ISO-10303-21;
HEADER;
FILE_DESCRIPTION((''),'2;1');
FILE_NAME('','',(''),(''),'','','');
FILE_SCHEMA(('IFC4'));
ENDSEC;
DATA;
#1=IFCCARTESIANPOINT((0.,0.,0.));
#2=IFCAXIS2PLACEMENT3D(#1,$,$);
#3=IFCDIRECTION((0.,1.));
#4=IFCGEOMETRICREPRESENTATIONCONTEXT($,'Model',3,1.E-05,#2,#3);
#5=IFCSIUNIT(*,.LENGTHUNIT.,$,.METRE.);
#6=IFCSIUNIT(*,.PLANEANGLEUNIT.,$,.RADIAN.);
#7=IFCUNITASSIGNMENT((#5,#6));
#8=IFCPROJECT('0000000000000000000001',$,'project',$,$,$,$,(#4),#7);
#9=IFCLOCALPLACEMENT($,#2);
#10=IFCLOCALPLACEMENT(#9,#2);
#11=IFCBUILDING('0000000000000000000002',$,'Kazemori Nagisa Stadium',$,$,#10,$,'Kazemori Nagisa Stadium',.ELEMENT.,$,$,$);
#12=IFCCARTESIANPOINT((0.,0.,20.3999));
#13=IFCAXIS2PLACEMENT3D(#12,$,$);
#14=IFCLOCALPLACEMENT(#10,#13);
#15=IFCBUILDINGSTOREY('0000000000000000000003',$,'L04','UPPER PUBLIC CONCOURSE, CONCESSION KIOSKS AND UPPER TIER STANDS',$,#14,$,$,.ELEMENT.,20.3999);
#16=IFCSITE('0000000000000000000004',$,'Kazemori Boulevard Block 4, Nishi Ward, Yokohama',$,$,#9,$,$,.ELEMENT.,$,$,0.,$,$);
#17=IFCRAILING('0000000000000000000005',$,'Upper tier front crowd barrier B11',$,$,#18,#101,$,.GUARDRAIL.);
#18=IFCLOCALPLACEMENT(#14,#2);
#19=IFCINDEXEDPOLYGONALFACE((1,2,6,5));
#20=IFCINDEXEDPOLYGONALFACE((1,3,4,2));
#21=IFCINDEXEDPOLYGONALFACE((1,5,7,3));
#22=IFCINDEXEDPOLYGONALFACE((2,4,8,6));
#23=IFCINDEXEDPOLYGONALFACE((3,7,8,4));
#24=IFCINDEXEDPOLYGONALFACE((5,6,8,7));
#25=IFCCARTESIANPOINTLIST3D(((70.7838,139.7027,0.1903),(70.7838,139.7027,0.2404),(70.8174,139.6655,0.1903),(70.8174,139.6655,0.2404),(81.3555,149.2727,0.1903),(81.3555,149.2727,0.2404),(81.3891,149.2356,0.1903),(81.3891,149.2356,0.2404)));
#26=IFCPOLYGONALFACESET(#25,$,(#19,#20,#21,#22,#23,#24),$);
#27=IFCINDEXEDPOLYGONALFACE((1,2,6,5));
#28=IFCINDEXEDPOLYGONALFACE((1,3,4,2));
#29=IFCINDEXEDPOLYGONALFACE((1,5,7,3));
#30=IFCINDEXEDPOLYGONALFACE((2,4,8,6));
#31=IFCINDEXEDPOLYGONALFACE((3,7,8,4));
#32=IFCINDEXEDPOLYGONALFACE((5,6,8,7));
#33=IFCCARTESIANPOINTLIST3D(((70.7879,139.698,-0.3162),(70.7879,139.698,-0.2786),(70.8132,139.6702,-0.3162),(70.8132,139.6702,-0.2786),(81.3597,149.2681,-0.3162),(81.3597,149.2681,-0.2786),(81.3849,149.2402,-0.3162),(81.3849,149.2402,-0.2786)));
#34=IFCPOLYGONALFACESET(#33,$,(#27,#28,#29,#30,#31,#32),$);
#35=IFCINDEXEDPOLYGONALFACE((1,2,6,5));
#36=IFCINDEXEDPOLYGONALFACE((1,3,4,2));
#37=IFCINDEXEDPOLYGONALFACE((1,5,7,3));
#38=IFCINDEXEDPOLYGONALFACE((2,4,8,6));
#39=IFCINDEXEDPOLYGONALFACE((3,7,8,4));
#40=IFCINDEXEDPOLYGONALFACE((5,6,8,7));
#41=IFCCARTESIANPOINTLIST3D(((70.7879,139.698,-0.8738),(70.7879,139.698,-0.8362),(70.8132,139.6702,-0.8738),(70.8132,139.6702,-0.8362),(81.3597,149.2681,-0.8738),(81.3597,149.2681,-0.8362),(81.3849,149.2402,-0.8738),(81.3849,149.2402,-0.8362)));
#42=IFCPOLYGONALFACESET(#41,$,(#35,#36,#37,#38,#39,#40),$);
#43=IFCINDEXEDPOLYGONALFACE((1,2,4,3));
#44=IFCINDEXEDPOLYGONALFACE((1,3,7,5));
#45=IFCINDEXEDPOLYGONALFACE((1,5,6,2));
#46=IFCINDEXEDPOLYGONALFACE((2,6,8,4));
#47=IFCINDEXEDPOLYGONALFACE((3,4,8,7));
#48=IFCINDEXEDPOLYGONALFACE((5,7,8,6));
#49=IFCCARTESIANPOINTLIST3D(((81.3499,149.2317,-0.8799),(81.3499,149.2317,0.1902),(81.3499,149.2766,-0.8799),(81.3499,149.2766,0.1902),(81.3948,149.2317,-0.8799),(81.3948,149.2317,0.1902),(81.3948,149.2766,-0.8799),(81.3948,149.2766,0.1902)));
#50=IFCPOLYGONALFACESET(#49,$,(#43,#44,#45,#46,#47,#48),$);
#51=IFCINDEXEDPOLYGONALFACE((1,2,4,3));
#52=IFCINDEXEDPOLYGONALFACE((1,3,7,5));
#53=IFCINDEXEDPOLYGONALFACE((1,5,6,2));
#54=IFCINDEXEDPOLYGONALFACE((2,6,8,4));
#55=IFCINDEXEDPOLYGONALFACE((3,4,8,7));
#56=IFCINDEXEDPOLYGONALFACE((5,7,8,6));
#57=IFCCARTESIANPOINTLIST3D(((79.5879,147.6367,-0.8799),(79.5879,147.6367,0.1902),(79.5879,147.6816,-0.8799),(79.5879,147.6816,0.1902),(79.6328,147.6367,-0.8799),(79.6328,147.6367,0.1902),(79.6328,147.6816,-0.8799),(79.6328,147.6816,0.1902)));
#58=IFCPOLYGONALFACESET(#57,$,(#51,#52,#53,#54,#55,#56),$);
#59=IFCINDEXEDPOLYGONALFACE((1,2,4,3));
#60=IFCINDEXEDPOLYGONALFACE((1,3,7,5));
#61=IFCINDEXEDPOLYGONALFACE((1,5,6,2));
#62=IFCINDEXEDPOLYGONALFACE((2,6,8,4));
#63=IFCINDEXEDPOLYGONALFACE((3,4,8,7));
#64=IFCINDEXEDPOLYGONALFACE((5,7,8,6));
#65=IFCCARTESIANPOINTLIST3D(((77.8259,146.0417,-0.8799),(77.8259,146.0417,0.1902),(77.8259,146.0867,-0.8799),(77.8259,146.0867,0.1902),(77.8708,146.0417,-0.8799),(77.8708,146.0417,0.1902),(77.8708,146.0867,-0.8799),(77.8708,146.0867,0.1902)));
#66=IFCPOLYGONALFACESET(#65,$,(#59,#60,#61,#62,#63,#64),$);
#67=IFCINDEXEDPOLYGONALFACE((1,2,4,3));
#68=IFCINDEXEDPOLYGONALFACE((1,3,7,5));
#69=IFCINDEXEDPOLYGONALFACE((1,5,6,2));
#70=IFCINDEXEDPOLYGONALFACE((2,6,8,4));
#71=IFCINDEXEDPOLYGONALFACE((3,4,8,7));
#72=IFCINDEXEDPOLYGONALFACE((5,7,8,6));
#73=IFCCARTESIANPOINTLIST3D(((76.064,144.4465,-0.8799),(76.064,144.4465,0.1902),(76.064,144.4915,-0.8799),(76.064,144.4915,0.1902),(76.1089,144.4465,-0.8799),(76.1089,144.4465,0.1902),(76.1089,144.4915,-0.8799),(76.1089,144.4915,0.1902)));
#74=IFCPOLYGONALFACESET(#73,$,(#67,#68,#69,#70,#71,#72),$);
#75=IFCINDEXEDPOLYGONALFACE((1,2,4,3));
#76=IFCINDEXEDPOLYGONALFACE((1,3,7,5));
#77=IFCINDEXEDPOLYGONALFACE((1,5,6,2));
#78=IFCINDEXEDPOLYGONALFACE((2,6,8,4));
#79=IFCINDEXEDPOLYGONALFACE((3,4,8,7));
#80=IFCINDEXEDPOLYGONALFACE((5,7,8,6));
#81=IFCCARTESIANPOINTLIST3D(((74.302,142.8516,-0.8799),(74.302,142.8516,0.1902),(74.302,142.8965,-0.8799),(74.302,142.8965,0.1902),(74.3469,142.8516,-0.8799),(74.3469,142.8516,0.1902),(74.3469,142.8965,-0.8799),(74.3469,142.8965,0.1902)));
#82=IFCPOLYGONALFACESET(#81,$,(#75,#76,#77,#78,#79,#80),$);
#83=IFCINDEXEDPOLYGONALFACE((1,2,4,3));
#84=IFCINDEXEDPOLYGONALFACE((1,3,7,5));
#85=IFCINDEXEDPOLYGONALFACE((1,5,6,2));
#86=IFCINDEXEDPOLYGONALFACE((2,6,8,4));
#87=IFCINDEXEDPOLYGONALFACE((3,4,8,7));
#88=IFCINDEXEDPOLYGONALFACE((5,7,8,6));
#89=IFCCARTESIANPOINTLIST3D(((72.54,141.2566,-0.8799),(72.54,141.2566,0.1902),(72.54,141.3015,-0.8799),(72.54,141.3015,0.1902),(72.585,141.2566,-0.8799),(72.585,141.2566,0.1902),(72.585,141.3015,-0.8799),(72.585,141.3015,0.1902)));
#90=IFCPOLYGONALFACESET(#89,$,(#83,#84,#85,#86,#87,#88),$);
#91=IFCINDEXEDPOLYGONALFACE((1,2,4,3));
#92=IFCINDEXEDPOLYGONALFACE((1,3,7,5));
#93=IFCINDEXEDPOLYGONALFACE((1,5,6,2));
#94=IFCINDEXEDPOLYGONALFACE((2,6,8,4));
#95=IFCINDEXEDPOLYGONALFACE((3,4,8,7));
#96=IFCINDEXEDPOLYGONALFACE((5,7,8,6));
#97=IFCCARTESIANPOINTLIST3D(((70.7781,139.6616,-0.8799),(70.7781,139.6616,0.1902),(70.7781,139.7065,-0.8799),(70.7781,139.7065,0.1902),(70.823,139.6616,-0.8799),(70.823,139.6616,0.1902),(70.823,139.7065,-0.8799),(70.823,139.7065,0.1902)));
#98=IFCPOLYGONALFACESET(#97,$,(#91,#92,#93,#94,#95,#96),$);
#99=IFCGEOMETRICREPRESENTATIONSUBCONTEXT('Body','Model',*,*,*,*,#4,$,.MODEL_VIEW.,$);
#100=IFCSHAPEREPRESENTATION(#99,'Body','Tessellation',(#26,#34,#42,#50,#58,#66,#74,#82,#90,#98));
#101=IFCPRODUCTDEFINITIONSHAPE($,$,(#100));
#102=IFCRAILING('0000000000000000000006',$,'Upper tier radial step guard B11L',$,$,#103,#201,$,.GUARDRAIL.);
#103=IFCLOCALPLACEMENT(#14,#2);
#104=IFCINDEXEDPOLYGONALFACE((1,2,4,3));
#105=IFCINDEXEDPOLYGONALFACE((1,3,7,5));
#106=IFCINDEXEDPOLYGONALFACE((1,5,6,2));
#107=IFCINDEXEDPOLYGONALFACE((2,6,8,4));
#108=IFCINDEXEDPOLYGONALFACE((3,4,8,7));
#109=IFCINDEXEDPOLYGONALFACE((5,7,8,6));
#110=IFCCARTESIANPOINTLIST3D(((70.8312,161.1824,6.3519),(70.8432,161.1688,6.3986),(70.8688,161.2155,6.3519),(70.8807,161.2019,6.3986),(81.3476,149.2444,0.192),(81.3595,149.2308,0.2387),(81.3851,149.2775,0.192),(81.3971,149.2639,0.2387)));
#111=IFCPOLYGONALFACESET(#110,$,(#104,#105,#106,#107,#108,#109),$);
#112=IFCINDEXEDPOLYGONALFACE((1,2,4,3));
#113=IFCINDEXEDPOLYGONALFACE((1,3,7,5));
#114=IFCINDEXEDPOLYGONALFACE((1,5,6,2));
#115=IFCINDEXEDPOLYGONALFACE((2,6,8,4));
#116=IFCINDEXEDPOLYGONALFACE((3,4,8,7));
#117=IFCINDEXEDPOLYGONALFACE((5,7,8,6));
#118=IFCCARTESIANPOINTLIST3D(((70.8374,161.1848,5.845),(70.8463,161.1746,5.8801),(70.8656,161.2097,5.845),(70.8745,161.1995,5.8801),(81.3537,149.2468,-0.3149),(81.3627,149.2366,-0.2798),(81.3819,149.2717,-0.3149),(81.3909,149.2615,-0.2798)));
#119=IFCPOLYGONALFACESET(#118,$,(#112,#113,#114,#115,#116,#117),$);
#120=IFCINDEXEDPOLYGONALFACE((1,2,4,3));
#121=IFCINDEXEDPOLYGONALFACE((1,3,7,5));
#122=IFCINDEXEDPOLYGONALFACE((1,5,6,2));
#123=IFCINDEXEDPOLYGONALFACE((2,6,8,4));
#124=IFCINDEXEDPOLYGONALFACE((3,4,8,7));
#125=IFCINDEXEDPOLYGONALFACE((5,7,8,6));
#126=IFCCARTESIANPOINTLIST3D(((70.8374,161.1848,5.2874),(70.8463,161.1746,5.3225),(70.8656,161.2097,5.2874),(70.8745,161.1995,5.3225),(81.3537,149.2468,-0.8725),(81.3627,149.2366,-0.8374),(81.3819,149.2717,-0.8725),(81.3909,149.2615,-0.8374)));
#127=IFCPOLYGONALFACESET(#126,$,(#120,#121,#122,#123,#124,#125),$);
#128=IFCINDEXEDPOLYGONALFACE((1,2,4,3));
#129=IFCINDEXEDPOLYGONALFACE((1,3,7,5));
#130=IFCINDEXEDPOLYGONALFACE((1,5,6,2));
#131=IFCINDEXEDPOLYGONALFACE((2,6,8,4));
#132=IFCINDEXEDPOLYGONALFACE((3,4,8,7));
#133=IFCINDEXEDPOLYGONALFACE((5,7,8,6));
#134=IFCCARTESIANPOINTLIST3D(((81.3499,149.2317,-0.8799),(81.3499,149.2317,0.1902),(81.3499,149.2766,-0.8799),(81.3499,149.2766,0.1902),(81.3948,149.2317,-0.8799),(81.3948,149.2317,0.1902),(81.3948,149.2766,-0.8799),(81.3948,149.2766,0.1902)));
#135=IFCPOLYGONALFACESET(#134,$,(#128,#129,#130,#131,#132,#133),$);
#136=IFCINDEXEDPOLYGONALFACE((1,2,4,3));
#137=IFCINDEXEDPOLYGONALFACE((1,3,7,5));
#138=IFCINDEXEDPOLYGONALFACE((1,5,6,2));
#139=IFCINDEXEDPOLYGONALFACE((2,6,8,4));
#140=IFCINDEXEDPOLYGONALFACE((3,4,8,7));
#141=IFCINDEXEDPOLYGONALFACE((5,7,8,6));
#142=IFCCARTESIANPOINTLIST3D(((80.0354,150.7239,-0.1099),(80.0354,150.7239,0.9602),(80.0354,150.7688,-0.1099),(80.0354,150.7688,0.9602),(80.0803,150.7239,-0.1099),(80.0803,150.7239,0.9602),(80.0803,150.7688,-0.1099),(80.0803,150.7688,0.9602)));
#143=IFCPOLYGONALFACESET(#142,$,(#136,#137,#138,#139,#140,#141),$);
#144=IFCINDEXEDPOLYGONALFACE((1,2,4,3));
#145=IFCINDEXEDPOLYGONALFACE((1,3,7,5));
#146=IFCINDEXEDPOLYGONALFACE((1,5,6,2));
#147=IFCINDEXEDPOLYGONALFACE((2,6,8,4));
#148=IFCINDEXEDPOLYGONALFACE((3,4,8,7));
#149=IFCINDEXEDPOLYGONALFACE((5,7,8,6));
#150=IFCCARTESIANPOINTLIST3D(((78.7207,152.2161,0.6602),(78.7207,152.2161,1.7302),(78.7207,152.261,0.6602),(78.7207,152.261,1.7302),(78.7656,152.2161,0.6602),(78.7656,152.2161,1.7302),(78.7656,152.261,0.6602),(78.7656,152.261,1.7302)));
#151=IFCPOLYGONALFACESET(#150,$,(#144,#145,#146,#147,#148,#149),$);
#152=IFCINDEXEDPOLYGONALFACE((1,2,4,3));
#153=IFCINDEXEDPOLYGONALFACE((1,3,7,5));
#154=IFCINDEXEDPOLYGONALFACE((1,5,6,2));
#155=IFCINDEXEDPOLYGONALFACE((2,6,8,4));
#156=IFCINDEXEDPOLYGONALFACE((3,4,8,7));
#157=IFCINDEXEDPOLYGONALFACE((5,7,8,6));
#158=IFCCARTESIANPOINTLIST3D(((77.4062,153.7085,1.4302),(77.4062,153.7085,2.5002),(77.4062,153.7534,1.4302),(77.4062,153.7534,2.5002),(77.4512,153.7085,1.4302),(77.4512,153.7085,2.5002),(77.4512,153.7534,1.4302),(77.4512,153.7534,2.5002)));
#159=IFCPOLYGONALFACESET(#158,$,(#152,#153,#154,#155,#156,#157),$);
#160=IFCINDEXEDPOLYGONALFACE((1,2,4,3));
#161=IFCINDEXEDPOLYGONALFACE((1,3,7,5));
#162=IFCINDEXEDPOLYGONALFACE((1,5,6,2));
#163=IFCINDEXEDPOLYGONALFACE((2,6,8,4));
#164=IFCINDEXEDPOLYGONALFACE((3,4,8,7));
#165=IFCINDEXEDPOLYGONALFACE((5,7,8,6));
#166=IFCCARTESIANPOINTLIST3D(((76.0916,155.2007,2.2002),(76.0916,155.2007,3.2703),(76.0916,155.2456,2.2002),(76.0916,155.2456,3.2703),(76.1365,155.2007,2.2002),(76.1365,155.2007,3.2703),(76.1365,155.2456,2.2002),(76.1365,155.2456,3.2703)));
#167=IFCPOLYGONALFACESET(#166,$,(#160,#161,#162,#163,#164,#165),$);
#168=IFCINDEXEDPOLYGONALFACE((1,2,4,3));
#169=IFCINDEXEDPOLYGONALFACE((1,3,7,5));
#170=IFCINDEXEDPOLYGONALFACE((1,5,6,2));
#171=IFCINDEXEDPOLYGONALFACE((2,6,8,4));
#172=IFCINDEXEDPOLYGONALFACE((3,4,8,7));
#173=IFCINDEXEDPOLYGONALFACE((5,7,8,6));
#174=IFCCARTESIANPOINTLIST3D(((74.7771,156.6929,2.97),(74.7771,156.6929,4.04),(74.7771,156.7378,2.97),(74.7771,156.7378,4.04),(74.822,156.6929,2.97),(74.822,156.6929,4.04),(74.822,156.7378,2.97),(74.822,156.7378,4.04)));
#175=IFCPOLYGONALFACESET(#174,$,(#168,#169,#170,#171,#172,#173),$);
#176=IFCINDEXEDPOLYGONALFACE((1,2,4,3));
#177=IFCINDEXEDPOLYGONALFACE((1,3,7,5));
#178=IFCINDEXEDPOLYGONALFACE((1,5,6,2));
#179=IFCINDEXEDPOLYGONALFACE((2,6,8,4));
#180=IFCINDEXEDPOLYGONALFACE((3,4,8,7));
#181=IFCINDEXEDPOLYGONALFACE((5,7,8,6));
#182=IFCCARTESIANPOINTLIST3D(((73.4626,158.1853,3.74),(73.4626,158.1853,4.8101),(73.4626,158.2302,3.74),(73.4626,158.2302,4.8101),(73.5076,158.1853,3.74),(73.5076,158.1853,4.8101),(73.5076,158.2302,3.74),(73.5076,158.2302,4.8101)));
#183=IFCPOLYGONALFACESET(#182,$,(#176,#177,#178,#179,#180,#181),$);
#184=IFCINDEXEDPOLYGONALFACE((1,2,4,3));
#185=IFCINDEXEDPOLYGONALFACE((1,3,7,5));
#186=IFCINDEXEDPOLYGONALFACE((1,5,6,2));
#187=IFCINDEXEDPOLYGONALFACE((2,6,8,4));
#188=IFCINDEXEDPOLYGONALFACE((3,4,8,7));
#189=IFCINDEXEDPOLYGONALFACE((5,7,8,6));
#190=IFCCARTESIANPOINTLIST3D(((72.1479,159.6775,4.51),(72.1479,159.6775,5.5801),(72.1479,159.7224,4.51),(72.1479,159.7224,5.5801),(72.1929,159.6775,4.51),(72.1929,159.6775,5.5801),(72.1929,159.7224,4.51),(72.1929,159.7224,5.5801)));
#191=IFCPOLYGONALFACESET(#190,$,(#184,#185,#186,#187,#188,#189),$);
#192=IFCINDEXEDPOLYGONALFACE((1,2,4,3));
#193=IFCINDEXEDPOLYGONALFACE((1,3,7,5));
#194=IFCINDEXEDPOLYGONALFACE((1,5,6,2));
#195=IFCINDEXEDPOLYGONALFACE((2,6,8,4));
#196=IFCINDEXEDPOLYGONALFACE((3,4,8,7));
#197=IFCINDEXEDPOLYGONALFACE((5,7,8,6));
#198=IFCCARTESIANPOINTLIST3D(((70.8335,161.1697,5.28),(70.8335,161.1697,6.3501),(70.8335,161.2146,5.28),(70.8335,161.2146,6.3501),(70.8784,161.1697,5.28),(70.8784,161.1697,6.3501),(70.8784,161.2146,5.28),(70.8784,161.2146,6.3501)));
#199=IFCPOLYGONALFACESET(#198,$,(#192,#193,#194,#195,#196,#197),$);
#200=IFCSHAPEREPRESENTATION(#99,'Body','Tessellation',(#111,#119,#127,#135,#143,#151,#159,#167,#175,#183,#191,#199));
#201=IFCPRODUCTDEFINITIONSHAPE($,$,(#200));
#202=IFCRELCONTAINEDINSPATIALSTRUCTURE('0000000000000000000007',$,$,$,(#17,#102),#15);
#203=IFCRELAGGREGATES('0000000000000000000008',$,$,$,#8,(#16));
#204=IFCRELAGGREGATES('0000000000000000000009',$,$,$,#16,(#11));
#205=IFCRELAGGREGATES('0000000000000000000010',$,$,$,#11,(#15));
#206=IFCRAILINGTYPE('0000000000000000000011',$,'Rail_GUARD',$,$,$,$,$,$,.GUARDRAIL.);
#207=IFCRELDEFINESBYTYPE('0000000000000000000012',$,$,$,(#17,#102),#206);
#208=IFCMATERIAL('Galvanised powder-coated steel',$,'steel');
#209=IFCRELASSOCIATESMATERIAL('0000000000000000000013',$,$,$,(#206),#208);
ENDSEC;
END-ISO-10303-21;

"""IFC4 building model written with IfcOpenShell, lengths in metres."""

from ifc_helpers import new_model, si_unit, direction, frame, origin, origin_2d, place, context, subcontext, project, spatial, rectangle, extrude, material, type_object, element, save


model = new_model("IFC4")

# Units and contexts
model_context = context("Model", 3, precision=1e-05, world=origin(), true_north=direction((0.0, 1.0)))
body_context = subcontext(model_context, "Body", "Model", "MODEL_VIEW")
ifc_project = project(units=[si_unit("LENGTHUNIT", "METRE"), si_unit("PLANEANGLEUNIT", "RADIAN")], contexts=[model_context])

# Site, building, storey
site_placement = place(None, origin())
site = spatial("IfcSite", under=ifc_project, at=site_placement, Name="Kazemori Boulevard Block 4, Nishi Ward, Yokohama", CompositionType="ELEMENT", RefElevation=0.0)
building_placement = place(site_placement, origin())
building = spatial("IfcBuilding", under=site, at=building_placement, Name="Kazemori Nagisa Stadium", LongName="Kazemori Nagisa Stadium", CompositionType="ELEMENT")
storey_placement = place(building_placement, frame((0.0, 0.0, 20.3999)))
storey = spatial("IfcBuildingStorey", under=building, at=storey_placement, Name="L04", Description="UPPER PUBLIC CONCOURSE, CONCESSION KIOSKS AND UPPER TIER STANDS", CompositionType="ELEMENT", Elevation=20.3999)

# Railings
ifc_material_1 = material(Name="Galvanised powder-coated steel", Category="steel")
railing_type = type_object("IfcRailingType", Name="Rail_GUARD", PredefinedType="GUARDRAIL", material=ifc_material_1)
railing_1_placement = place(storey_placement, frame((81.3723, 149.2542, -0.8799)))
element("IfcRailing", 1, at=railing_1_placement, inside=storey, type_object=railing_type, Name="Upper tier front crowd barrier B11", PredefinedType="GUARDRAIL", context=body_context, shape_type="SweptSolid", body=[
    extrude(rectangle(XDim=0.05, YDim=0.05, at=origin_2d()), frame((0.0, 0.0, 1.0952), z_axis=(-0.741357, -0.671111, 0.0), x_axis=(0.671111, -0.741357, 0.0)), (0.0, 0.0, 1.0), 14.26),
    extrude(rectangle(XDim=0.0376, YDim=0.0376, at=origin_2d()), frame((0.0, 0.0, 0.5825), z_axis=(-0.741357, -0.671111, 0.0), x_axis=(0.671111, -0.741357, 0.0)), (0.0, 0.0, 1.0), 14.26),
    extrude(rectangle(XDim=0.0376, YDim=0.0376, at=origin_2d()), frame((0.0, 0.0, 0.0249), z_axis=(-0.741357, -0.671111, 0.0), x_axis=(0.671111, -0.741357, 0.0)), (0.0, 0.0, 1.0), 14.26),
    extrude(rectangle(XDim=0.0449, YDim=0.0449, at=origin_2d()), origin(), (0.0, 0.0, 1.0), 1.0701),
    extrude(rectangle(XDim=0.0449, YDim=0.0449, at=origin_2d()), frame((-1.762, -1.595, 0.0)), (0.0, 0.0, 1.0), 1.0701),
    extrude(rectangle(XDim=0.0449, YDim=0.0449, at=origin_2d()), frame((-3.5239, -3.1899, 0.0)), (0.0, 0.0, 1.0), 1.0701),
    extrude(rectangle(XDim=0.0449, YDim=0.0449, at=origin_2d()), frame((-5.2859, -4.7852, 0.0)), (0.0, 0.0, 1.0), 1.0701),
    extrude(rectangle(XDim=0.0449, YDim=0.0449, at=origin_2d()), frame((-7.0479, -6.3801, 0.0)), (0.0, 0.0, 1.0), 1.0701),
    extrude(rectangle(XDim=0.0449, YDim=0.0449, at=origin_2d()), frame((-8.8098, -7.9751, 0.0)), (0.0, 0.0, 1.0), 1.0701),
    extrude(rectangle(XDim=0.0449, YDim=0.0449, at=origin_2d()), frame((-10.5718, -9.5701, 0.0)), (0.0, 0.0, 1.0), 1.0701),
])
railing_2_placement = place(storey_placement, frame((81.3723, 149.2542, -0.8799)))
element("IfcRailing", 2, at=railing_2_placement, inside=storey, type_object=railing_type, Name="Upper tier radial step guard B11L", PredefinedType="GUARDRAIL", context=body_context, shape_type="SweptSolid", body=[
    extrude(rectangle(XDim=0.05, YDim=0.05, at=origin_2d()), frame((0.0, 0.0, 1.0952), z_axis=(-0.616423, 0.699753, 0.361067), x_axis=(-0.750373, -0.661015, 0.0)), (0.0, 0.0, 1.0), 17.0603),
    extrude(rectangle(XDim=0.0376, YDim=0.0376, at=origin_2d()), frame((0.0, 0.0, 0.5825), z_axis=(-0.616423, 0.699753, 0.361067), x_axis=(-0.750373, -0.661015, 0.0)), (0.0, 0.0, 1.0), 17.0603),
    extrude(rectangle(XDim=0.0376, YDim=0.0376, at=origin_2d()), frame((0.0, 0.0, 0.0249), z_axis=(-0.616423, 0.699753, 0.361067), x_axis=(-0.750373, -0.661015, 0.0)), (0.0, 0.0, 1.0), 17.0603),
    extrude(rectangle(XDim=0.0449, YDim=0.0449, at=origin_2d()), origin(), (0.0, 0.0, 1.0), 1.0701),
    extrude(rectangle(XDim=0.0449, YDim=0.0449, at=origin_2d()), frame((-1.3145, 1.4922, 0.77)), (0.0, 0.0, 1.0), 1.0701),
    extrude(rectangle(XDim=0.0449, YDim=0.0449, at=origin_2d()), frame((-2.6292, 2.9844, 1.54)), (0.0, 0.0, 1.0), 1.0701),
    extrude(rectangle(XDim=0.0449, YDim=0.0449, at=origin_2d()), frame((-3.9436, 4.4768, 2.3101)), (0.0, 0.0, 1.0), 1.0701),
    extrude(rectangle(XDim=0.0449, YDim=0.0449, at=origin_2d()), frame((-5.2583, 5.969, 3.0801)), (0.0, 0.0, 1.0), 1.0701),
    extrude(rectangle(XDim=0.0449, YDim=0.0449, at=origin_2d()), frame((-6.5728, 7.4612, 3.8499)), (0.0, 0.0, 1.0), 1.0701),
    extrude(rectangle(XDim=0.0449, YDim=0.0449, at=origin_2d()), frame((-7.8872, 8.9536, 4.6199)), (0.0, 0.0, 1.0), 1.0701),
    extrude(rectangle(XDim=0.0449, YDim=0.0449, at=origin_2d()), frame((-9.2019, 10.4458, 5.3899)), (0.0, 0.0, 1.0), 1.0701),
    extrude(rectangle(XDim=0.0449, YDim=0.0449, at=origin_2d()), frame((-10.5164, 11.938, 6.1599)), (0.0, 0.0, 1.0), 1.0701),
])

save(model, "model.ifc")
